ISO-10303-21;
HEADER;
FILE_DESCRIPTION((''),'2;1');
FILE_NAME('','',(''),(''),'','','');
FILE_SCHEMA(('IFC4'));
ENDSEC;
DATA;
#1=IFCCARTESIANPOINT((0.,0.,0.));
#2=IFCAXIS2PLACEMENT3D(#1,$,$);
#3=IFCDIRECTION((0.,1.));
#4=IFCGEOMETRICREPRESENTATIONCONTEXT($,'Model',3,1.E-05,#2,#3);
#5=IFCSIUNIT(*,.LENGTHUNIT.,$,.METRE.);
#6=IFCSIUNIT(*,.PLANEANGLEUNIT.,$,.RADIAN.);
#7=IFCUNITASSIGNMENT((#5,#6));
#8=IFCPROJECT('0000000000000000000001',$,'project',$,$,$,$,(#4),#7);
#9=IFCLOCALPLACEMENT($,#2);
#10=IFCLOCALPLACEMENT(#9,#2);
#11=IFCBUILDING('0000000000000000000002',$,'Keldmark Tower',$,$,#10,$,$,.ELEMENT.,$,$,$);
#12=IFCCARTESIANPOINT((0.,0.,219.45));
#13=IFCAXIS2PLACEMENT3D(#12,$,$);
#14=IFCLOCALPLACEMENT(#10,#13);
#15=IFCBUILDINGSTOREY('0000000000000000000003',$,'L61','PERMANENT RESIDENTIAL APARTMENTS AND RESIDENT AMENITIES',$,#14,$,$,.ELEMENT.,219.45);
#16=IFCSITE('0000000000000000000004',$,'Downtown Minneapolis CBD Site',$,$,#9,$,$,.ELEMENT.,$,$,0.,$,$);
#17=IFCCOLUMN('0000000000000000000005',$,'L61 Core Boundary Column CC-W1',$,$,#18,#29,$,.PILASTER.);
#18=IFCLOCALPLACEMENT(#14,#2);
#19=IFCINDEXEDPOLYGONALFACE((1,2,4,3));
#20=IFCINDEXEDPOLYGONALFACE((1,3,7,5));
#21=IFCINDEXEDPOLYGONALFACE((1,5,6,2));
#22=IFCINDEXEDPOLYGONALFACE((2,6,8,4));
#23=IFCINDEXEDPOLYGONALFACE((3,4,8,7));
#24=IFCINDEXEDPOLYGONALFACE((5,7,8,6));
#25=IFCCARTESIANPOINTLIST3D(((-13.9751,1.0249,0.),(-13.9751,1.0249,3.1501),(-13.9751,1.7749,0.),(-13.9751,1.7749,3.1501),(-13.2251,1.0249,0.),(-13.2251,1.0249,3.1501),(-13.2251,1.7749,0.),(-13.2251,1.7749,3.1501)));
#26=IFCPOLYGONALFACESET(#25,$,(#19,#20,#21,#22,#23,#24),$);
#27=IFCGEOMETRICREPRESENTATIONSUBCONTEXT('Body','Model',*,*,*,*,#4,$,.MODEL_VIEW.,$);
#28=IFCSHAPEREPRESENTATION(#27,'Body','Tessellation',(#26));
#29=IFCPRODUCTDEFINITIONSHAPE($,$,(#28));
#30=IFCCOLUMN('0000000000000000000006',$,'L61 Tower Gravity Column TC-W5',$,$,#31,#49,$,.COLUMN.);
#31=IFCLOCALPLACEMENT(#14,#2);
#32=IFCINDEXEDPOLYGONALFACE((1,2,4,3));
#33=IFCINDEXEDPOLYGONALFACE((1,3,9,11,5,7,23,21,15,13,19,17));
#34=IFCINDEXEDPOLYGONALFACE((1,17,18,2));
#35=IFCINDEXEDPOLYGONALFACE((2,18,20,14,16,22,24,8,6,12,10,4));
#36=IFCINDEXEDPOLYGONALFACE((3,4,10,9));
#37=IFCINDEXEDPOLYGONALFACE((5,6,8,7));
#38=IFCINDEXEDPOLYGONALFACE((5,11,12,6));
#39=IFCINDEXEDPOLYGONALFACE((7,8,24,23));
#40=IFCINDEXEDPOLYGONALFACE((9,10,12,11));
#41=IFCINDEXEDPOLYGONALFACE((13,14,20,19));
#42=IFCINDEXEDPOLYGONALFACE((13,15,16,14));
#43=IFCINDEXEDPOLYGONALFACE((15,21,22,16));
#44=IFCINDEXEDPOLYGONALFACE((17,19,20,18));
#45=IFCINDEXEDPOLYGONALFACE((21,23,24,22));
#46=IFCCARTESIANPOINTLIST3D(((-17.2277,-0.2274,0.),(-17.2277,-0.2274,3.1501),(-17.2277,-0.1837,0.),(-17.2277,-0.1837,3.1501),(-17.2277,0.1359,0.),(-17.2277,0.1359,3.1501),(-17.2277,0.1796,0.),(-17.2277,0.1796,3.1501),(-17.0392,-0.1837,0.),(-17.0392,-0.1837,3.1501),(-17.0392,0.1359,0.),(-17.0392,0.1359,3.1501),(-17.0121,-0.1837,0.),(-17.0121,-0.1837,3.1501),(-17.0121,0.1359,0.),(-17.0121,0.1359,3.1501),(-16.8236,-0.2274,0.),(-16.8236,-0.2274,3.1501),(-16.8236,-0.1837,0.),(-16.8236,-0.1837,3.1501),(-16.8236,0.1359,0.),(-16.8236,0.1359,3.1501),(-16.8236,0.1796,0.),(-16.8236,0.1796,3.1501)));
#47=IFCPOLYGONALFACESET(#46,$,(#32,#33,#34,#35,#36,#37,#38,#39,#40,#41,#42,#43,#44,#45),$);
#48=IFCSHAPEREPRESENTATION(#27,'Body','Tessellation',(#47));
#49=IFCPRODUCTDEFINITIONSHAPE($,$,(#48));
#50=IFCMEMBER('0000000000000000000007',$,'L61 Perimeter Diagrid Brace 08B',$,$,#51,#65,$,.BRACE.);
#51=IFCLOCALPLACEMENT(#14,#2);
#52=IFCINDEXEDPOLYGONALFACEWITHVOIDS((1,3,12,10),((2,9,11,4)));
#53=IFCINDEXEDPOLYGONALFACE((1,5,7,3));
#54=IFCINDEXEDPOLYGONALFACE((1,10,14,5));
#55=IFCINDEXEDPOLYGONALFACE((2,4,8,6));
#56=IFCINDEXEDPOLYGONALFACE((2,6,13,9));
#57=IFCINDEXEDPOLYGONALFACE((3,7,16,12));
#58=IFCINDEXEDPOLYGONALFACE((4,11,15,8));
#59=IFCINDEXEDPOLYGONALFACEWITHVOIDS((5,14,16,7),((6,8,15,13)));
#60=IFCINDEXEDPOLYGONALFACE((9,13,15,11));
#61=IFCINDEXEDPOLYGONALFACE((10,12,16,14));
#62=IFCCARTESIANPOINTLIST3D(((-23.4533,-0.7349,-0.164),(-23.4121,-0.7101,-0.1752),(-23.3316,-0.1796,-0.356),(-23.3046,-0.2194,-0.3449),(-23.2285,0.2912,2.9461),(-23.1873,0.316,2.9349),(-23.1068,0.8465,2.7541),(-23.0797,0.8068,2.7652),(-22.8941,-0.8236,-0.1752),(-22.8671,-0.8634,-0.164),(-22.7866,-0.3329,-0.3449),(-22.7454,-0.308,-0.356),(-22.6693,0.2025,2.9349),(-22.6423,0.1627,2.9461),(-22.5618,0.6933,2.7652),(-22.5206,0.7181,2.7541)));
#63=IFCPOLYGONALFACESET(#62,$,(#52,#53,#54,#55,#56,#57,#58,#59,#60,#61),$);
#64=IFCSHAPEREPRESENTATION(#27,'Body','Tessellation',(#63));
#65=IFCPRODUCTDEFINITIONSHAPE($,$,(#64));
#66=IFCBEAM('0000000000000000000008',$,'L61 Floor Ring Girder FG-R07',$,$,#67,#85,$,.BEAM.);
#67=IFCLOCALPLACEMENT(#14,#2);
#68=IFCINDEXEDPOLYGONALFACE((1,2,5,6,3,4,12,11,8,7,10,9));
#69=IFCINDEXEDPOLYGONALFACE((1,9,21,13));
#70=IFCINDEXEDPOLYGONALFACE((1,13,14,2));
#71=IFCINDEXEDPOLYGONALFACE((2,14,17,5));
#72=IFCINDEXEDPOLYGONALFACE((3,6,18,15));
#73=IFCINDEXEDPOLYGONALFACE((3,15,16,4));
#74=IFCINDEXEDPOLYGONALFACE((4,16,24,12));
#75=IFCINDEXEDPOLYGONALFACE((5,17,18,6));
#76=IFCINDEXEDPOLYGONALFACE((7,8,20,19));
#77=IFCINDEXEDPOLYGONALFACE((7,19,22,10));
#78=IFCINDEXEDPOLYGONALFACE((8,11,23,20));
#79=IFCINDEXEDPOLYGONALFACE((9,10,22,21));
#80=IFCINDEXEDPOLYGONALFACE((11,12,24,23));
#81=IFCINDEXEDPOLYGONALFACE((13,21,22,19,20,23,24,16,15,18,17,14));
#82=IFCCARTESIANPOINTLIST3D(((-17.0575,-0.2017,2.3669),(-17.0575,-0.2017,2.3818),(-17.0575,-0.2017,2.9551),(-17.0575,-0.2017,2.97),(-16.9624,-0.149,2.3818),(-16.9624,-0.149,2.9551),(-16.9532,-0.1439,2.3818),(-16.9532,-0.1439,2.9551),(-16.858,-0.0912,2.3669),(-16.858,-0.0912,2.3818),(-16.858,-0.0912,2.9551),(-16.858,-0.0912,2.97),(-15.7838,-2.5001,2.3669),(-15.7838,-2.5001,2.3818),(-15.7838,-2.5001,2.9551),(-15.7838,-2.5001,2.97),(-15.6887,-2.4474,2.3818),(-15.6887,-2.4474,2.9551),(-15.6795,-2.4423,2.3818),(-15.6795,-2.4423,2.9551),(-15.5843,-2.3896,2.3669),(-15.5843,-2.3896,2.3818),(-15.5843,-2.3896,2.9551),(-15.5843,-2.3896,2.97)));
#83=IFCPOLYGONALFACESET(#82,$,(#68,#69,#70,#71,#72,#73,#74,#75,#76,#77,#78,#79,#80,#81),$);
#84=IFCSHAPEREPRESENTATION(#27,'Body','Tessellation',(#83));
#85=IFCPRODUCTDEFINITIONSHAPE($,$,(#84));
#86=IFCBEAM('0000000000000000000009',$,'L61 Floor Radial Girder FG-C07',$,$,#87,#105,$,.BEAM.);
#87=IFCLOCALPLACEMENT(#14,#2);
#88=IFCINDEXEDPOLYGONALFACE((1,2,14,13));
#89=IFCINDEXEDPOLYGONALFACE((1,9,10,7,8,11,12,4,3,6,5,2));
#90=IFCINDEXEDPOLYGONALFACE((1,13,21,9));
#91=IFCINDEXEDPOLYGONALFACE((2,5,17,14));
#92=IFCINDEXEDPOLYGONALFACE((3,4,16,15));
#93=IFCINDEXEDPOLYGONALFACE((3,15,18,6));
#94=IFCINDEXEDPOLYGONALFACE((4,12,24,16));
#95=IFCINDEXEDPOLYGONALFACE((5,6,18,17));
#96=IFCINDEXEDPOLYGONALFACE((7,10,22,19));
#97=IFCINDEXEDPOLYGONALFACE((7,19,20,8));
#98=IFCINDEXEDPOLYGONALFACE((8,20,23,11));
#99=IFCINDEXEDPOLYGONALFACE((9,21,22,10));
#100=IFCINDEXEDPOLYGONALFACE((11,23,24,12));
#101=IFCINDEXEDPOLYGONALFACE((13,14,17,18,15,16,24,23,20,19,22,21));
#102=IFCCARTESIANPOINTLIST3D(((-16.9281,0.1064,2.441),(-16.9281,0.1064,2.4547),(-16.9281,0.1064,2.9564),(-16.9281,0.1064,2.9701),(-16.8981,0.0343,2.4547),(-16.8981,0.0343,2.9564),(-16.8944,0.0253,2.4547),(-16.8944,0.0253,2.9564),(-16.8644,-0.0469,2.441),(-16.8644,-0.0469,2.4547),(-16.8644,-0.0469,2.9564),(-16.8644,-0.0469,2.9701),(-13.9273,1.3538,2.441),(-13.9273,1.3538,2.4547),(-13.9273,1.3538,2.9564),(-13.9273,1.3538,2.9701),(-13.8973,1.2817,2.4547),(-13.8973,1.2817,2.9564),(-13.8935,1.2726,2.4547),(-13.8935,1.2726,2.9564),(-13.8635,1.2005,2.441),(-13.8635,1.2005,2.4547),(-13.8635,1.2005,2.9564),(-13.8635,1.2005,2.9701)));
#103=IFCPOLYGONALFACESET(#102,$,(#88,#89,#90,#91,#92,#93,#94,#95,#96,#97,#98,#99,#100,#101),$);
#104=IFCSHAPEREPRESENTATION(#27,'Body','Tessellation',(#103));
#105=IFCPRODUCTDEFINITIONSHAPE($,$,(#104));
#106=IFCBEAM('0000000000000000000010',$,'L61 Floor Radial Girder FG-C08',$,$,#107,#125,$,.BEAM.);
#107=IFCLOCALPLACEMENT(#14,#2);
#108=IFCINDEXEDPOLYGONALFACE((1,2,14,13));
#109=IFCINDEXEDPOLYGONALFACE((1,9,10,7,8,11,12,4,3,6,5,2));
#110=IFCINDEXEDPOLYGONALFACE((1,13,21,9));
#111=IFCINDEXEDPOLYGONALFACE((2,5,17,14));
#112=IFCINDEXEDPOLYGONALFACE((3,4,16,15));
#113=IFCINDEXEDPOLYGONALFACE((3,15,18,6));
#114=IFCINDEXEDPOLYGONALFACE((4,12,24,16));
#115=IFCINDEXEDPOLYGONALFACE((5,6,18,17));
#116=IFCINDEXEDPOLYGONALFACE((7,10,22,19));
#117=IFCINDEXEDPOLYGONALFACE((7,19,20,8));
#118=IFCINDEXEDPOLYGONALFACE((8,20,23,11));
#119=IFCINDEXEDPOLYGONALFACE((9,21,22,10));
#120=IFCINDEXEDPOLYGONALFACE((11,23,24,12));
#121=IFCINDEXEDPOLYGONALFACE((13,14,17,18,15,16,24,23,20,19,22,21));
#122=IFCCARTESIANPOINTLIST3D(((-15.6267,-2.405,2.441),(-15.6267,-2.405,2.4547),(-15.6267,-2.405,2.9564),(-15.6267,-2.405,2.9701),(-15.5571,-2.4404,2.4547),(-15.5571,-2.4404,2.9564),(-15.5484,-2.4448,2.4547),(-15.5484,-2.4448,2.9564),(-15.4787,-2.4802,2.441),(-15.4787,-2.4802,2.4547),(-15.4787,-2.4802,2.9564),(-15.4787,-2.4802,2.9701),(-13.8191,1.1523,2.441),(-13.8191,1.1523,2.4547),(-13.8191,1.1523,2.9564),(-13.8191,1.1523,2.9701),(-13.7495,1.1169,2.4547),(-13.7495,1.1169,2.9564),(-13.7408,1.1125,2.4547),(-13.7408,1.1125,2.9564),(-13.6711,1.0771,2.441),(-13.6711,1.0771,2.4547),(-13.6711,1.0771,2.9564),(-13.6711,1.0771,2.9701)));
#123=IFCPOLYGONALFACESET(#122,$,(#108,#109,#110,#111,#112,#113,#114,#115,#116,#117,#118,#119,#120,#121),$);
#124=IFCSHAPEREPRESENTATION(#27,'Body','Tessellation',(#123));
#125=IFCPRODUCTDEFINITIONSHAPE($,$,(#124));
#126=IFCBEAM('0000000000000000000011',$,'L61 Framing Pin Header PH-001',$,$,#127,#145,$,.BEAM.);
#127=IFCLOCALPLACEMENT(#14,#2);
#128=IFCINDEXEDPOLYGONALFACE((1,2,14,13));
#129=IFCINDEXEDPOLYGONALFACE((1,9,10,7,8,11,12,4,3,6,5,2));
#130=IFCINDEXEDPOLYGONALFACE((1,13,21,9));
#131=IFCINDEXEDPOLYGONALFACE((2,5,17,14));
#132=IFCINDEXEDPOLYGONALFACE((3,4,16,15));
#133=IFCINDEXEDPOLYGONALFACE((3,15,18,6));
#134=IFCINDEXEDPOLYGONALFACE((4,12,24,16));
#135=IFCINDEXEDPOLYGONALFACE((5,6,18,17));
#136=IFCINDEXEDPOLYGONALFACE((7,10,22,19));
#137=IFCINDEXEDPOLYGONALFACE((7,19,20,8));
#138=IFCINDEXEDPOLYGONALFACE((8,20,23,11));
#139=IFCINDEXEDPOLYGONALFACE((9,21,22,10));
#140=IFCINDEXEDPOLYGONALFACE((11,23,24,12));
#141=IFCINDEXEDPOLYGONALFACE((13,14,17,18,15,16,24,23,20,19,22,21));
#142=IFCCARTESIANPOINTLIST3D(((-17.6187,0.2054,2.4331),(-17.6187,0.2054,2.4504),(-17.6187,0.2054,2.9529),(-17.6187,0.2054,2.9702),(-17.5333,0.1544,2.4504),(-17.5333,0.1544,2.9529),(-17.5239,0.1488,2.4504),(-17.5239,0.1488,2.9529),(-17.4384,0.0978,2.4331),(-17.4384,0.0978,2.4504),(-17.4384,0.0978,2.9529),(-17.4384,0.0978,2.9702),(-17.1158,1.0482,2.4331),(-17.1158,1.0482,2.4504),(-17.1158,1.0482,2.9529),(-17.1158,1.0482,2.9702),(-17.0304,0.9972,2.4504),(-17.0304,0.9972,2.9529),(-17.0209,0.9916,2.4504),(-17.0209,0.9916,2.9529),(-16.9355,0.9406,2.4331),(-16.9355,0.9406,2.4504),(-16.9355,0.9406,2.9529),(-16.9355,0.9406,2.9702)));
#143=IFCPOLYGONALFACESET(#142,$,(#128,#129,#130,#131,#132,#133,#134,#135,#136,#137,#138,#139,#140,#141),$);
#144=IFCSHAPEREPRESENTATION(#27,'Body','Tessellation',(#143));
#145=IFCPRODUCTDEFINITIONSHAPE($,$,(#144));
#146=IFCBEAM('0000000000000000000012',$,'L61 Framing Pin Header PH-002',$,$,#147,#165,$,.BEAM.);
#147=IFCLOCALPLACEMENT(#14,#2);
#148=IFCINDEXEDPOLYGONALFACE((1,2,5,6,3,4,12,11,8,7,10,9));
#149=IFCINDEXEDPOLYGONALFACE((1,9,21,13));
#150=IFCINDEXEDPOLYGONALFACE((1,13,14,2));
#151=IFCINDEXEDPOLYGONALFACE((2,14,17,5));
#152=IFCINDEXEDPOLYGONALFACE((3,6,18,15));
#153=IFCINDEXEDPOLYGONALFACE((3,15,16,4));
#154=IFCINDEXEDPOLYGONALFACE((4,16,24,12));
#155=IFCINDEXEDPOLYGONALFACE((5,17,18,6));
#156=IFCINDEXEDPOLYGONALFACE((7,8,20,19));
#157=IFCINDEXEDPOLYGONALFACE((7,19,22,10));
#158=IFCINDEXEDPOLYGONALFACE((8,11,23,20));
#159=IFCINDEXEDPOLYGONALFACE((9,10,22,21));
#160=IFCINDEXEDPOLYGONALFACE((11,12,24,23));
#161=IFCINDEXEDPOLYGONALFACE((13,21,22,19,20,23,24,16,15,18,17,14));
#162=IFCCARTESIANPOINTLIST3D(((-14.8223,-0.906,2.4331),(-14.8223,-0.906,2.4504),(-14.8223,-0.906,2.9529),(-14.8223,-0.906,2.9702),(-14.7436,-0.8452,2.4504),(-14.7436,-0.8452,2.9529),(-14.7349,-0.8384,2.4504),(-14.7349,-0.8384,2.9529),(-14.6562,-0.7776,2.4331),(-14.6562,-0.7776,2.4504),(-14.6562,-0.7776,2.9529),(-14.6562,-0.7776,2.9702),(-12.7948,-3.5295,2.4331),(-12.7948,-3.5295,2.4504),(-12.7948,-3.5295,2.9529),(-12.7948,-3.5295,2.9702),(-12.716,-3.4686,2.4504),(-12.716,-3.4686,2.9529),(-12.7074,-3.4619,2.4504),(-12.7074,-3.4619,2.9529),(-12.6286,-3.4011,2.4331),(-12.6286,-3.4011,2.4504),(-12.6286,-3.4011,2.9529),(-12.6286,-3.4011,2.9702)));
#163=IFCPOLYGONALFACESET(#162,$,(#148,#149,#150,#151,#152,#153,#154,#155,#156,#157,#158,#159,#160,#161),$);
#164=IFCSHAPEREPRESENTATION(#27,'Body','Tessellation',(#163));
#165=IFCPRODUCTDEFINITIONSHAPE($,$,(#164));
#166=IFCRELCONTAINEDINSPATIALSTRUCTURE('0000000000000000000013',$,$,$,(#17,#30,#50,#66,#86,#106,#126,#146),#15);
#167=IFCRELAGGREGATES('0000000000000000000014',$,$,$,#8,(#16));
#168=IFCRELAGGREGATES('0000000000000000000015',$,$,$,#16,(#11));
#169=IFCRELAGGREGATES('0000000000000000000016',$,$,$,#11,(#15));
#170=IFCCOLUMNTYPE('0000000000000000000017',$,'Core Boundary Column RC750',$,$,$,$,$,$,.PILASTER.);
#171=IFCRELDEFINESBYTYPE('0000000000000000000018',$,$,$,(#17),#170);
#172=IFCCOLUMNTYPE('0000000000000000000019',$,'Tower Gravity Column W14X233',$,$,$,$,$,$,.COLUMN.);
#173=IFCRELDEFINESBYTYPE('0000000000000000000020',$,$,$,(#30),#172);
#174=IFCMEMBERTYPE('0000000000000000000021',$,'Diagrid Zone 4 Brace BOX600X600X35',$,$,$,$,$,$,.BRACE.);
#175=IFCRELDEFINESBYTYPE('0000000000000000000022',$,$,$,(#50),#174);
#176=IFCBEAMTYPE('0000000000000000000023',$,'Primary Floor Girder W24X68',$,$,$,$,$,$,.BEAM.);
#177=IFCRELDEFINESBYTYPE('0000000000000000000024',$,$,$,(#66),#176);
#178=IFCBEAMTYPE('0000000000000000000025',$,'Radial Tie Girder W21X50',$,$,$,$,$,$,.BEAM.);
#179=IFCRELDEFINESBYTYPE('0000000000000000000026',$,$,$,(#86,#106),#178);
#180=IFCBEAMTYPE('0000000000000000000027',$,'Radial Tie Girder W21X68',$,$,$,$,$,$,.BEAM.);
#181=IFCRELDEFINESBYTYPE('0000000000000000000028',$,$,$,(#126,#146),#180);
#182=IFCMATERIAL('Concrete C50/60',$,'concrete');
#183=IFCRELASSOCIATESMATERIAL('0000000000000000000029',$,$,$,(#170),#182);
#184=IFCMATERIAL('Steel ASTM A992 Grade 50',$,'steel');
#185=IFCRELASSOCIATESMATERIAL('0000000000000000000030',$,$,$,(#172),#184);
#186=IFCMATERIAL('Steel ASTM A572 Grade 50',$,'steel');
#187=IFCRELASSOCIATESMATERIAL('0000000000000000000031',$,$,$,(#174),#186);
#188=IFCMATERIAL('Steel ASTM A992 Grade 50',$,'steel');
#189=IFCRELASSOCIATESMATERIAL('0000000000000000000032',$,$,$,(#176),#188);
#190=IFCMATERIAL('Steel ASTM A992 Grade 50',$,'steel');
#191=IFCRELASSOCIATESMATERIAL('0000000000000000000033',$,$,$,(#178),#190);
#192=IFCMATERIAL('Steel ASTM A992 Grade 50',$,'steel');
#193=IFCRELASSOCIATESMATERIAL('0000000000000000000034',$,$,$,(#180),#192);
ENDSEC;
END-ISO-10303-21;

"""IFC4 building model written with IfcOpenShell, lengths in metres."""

from ifc_helpers import new_model, si_unit, direction, frame, origin, origin_2d, place, context, subcontext, project, spatial, rectangle, hollow_rectangle, i_section, extrude, material, material_profile, profile_set, type_object, element, save


model = new_model("IFC4")

# Units and contexts
model_context = context("Model", 3, precision=1e-05, world=origin(), true_north=direction((0.0, 1.0)))
body_context = subcontext(model_context, "Body", "Model", "MODEL_VIEW")
ifc_project = project(units=[si_unit("LENGTHUNIT", "METRE"), si_unit("PLANEANGLEUNIT", "RADIAN")], contexts=[model_context])

# Site, building, storey
site_placement = place(None, origin())
site = spatial("IfcSite", under=ifc_project, at=site_placement, Name="Downtown Minneapolis CBD Site", CompositionType="ELEMENT", RefElevation=0.0)
building_placement = place(site_placement, origin())
building = spatial("IfcBuilding", under=site, at=building_placement, Name="Keldmark Tower", CompositionType="ELEMENT")
storey_placement = place(building_placement, frame((0.0, 0.0, 219.45)))
storey = spatial("IfcBuildingStorey", under=building, at=storey_placement, Name="L61", Description="PERMANENT RESIDENTIAL APARTMENTS AND RESIDENT AMENITIES", CompositionType="ELEMENT", Elevation=219.45)

# Columns
ifc_material_1 = material(Name="Concrete C50/60", Category="concrete")
ifc_material_profile_1 = material_profile(ifc_material_1, rectangle(XDim=0.75, YDim=0.75, at=origin_2d()), Name="RC750X750")
ifc_profile_set_1 = profile_set([ifc_material_profile_1], Name="Concrete C50/60")
column_type_1 = type_object("IfcColumnType", Name="Core Boundary Column RC750", PredefinedType="PILASTER", material=ifc_profile_set_1)
column_1_placement = place(storey_placement, frame((-13.6001, 1.3999, 0.0), z_axis=(0.0, 0.0, 1.0), x_axis=(1.0, 0.0, 0.0)))
element("IfcColumn", 1, at=column_1_placement, inside=storey, type_object=column_type_1, Name="L61 Core Boundary Column CC-W1", PredefinedType="PILASTER", context=body_context, shape_type="SweptSolid", body=[
    extrude(rectangle(XDim=0.75, YDim=0.75, at=origin_2d()), origin(), (0.0, 0.0, 1.0), 3.1501),
])
ifc_material_2 = material(Name="Steel ASTM A992 Grade 50", Category="steel")
ifc_material_profile_2 = material_profile(ifc_material_2, i_section(OverallWidth=0.4041, OverallDepth=0.407, WebThickness=0.0271, FlangeThickness=0.0437, at=origin_2d()), Name="W14X233")
ifc_profile_set_2 = profile_set([ifc_material_profile_2], Name="Steel ASTM A992 Grade 50")
column_type_2 = type_object("IfcColumnType", Name="Tower Gravity Column W14X233", PredefinedType="COLUMN", material=ifc_profile_set_2)
column_2_placement = place(storey_placement, frame((-17.0256, -0.0239, 0.0), z_axis=(0.0, 0.0, 1.0), x_axis=(1.0, 0.0, 0.0)))
element("IfcColumn", 2, at=column_2_placement, inside=storey, type_object=column_type_2, Name="L61 Tower Gravity Column TC-W5", PredefinedType="COLUMN", context=body_context, shape_type="SweptSolid", body=[
    extrude(i_section(OverallWidth=0.4041, OverallDepth=0.407, WebThickness=0.0271, FlangeThickness=0.0437, at=origin_2d()), origin(), (0.0, 0.0, 1.0), 3.1501),
])

# Member
ifc_material_3 = material(Name="Steel ASTM A572 Grade 50", Category="steel")
ifc_material_profile_3 = material_profile(ifc_material_3, hollow_rectangle(XDim=0.6001, YDim=0.6001, WallThickness=0.0349, at=origin_2d()), Name="BOX600X600X35")
ifc_profile_set_3 = profile_set([ifc_material_profile_3], Name="Steel ASTM A572 Grade 50")
member_type = type_object("IfcMemberType", Name="Diagrid Zone 4 Brace BOX600X600X35", PredefinedType="BRACE", material=ifc_profile_set_3)
member_placement = place(storey_placement, frame((-23.0994, -0.5215, -0.26), z_axis=(0.068496, 0.312583, 0.947418), x_axis=(-0.976823, 0.21405, 0.0)))
element("IfcMember", 3, at=member_placement, inside=storey, type_object=member_type, Name="L61 Perimeter Diagrid Brace 08B", PredefinedType="BRACE", context=body_context, shape_type="SweptSolid", body=[
    extrude(hollow_rectangle(XDim=0.6001, YDim=0.6001, WallThickness=0.0349, at=origin_2d()), origin(), (0.0, 0.0, 1.0), 3.2827),
])

# Beams
ifc_material_4 = material(Name="Steel ASTM A992 Grade 50", Category="steel")
ifc_material_profile_4 = material_profile(ifc_material_4, i_section(OverallWidth=0.228, OverallDepth=0.603, WebThickness=0.0105, FlangeThickness=0.0149, at=origin_2d()), Name="W24X68")
ifc_profile_set_4 = profile_set([ifc_material_profile_4], Name="Steel ASTM A992 Grade 50")
beam_type_1 = type_object("IfcBeamType", Name="Primary Floor Girder W24X68", PredefinedType="BEAM", material=ifc_profile_set_4)
beam_1_placement = place(storey_placement, frame((-16.9578, -0.1465, 2.6685), z_axis=(0.48472, -0.87467, 0.0), x_axis=(0.87467, 0.48472, 0.0)))
element("IfcBeam", 4, at=beam_1_placement, inside=storey, type_object=beam_type_1, Name="L61 Floor Ring Girder FG-R07", PredefinedType="BEAM", context=body_context, shape_type="SweptSolid", body=[
    extrude(i_section(OverallWidth=0.228, OverallDepth=0.603, WebThickness=0.0105, FlangeThickness=0.0149, at=origin_2d()), origin(), (0.0, 0.0, 1.0), 2.6277),
])
ifc_material_5 = material(Name="Steel ASTM A992 Grade 50", Category="steel")
ifc_material_profile_5 = material_profile(ifc_material_5, i_section(OverallWidth=0.166, OverallDepth=0.5291, WebThickness=0.0098, FlangeThickness=0.0137, at=origin_2d()), Name="W21X50")
ifc_profile_set_5 = profile_set([ifc_material_profile_5], Name="Steel ASTM A992 Grade 50")
beam_type_2 = type_object("IfcBeamType", Name="Radial Tie Girder W21X50", PredefinedType="BEAM", material=ifc_profile_set_5)
beam_2_placement = place(storey_placement, frame((-16.8962, 0.0298, 2.7056), z_axis=(0.923403, 0.383831, 0.0), x_axis=(-0.383831, 0.923403, 0.0)))
element("IfcBeam", 5, at=beam_2_placement, inside=storey, type_object=beam_type_2, Name="L61 Floor Radial Girder FG-C07", PredefinedType="BEAM", context=body_context, shape_type="SweptSolid", body=[
    extrude(i_section(OverallWidth=0.166, OverallDepth=0.5291, WebThickness=0.0098, FlangeThickness=0.0137, at=origin_2d()), origin(), (0.0, 0.0, 1.0), 3.2498),
])
beam_3_placement = place(storey_placement, frame((-15.5527, -2.4426, 2.7056), z_axis=(0.453004, 0.891508, 0.0), x_axis=(-0.891508, 0.453004, 0.0)))
element("IfcBeam", 6, at=beam_3_placement, inside=storey, type_object=beam_type_2, Name="L61 Floor Radial Girder FG-C08", PredefinedType="BEAM", context=body_context, shape_type="SweptSolid", body=[
    extrude(i_section(OverallWidth=0.166, OverallDepth=0.5291, WebThickness=0.0098, FlangeThickness=0.0137, at=origin_2d()), origin(), (0.0, 0.0, 1.0), 3.9902),
])
ifc_material_6 = material(Name="Steel ASTM A992 Grade 50", Category="steel")
ifc_material_profile_6 = material_profile(ifc_material_6, i_section(OverallWidth=0.21, OverallDepth=0.5371, WebThickness=0.011, FlangeThickness=0.0173, at=origin_2d()), Name="W21X68")
ifc_profile_set_6 = profile_set([ifc_material_profile_6], Name="Steel ASTM A992 Grade 50")
beam_type_3 = type_object("IfcBeamType", Name="Radial Tie Girder W21X68", PredefinedType="BEAM", material=ifc_profile_set_6)
beam_4_placement = place(storey_placement, frame((-17.0256, 0.9944, 2.7017), z_axis=(-0.512446, -0.85872, 0.0), x_axis=(0.85872, -0.512446, 0.0)))
element("IfcBeam", 7, at=beam_4_placement, inside=storey, type_object=beam_type_3, Name="L61 Framing Pin Header PH-001", PredefinedType="BEAM", context=body_context, shape_type="SweptSolid", body=[
    extrude(i_section(OverallWidth=0.21, OverallDepth=0.5371, WebThickness=0.011, FlangeThickness=0.0173, at=origin_2d()), origin(), (0.0, 0.0, 1.0), 0.9814),
])
beam_5_placement = place(storey_placement, frame((-14.7393, -0.8418, 2.7017), z_axis=(0.611506, -0.79124, 0.0), x_axis=(0.79124, 0.611506, 0.0)))
element("IfcBeam", 8, at=beam_5_placement, inside=storey, type_object=beam_type_3, Name="L61 Framing Pin Header PH-002", PredefinedType="BEAM", context=body_context, shape_type="SweptSolid", body=[
    extrude(i_section(OverallWidth=0.21, OverallDepth=0.5371, WebThickness=0.011, FlangeThickness=0.0173, at=origin_2d()), origin(), (0.0, 0.0, 1.0), 3.3157),
])

save(model, "model.ifc")
